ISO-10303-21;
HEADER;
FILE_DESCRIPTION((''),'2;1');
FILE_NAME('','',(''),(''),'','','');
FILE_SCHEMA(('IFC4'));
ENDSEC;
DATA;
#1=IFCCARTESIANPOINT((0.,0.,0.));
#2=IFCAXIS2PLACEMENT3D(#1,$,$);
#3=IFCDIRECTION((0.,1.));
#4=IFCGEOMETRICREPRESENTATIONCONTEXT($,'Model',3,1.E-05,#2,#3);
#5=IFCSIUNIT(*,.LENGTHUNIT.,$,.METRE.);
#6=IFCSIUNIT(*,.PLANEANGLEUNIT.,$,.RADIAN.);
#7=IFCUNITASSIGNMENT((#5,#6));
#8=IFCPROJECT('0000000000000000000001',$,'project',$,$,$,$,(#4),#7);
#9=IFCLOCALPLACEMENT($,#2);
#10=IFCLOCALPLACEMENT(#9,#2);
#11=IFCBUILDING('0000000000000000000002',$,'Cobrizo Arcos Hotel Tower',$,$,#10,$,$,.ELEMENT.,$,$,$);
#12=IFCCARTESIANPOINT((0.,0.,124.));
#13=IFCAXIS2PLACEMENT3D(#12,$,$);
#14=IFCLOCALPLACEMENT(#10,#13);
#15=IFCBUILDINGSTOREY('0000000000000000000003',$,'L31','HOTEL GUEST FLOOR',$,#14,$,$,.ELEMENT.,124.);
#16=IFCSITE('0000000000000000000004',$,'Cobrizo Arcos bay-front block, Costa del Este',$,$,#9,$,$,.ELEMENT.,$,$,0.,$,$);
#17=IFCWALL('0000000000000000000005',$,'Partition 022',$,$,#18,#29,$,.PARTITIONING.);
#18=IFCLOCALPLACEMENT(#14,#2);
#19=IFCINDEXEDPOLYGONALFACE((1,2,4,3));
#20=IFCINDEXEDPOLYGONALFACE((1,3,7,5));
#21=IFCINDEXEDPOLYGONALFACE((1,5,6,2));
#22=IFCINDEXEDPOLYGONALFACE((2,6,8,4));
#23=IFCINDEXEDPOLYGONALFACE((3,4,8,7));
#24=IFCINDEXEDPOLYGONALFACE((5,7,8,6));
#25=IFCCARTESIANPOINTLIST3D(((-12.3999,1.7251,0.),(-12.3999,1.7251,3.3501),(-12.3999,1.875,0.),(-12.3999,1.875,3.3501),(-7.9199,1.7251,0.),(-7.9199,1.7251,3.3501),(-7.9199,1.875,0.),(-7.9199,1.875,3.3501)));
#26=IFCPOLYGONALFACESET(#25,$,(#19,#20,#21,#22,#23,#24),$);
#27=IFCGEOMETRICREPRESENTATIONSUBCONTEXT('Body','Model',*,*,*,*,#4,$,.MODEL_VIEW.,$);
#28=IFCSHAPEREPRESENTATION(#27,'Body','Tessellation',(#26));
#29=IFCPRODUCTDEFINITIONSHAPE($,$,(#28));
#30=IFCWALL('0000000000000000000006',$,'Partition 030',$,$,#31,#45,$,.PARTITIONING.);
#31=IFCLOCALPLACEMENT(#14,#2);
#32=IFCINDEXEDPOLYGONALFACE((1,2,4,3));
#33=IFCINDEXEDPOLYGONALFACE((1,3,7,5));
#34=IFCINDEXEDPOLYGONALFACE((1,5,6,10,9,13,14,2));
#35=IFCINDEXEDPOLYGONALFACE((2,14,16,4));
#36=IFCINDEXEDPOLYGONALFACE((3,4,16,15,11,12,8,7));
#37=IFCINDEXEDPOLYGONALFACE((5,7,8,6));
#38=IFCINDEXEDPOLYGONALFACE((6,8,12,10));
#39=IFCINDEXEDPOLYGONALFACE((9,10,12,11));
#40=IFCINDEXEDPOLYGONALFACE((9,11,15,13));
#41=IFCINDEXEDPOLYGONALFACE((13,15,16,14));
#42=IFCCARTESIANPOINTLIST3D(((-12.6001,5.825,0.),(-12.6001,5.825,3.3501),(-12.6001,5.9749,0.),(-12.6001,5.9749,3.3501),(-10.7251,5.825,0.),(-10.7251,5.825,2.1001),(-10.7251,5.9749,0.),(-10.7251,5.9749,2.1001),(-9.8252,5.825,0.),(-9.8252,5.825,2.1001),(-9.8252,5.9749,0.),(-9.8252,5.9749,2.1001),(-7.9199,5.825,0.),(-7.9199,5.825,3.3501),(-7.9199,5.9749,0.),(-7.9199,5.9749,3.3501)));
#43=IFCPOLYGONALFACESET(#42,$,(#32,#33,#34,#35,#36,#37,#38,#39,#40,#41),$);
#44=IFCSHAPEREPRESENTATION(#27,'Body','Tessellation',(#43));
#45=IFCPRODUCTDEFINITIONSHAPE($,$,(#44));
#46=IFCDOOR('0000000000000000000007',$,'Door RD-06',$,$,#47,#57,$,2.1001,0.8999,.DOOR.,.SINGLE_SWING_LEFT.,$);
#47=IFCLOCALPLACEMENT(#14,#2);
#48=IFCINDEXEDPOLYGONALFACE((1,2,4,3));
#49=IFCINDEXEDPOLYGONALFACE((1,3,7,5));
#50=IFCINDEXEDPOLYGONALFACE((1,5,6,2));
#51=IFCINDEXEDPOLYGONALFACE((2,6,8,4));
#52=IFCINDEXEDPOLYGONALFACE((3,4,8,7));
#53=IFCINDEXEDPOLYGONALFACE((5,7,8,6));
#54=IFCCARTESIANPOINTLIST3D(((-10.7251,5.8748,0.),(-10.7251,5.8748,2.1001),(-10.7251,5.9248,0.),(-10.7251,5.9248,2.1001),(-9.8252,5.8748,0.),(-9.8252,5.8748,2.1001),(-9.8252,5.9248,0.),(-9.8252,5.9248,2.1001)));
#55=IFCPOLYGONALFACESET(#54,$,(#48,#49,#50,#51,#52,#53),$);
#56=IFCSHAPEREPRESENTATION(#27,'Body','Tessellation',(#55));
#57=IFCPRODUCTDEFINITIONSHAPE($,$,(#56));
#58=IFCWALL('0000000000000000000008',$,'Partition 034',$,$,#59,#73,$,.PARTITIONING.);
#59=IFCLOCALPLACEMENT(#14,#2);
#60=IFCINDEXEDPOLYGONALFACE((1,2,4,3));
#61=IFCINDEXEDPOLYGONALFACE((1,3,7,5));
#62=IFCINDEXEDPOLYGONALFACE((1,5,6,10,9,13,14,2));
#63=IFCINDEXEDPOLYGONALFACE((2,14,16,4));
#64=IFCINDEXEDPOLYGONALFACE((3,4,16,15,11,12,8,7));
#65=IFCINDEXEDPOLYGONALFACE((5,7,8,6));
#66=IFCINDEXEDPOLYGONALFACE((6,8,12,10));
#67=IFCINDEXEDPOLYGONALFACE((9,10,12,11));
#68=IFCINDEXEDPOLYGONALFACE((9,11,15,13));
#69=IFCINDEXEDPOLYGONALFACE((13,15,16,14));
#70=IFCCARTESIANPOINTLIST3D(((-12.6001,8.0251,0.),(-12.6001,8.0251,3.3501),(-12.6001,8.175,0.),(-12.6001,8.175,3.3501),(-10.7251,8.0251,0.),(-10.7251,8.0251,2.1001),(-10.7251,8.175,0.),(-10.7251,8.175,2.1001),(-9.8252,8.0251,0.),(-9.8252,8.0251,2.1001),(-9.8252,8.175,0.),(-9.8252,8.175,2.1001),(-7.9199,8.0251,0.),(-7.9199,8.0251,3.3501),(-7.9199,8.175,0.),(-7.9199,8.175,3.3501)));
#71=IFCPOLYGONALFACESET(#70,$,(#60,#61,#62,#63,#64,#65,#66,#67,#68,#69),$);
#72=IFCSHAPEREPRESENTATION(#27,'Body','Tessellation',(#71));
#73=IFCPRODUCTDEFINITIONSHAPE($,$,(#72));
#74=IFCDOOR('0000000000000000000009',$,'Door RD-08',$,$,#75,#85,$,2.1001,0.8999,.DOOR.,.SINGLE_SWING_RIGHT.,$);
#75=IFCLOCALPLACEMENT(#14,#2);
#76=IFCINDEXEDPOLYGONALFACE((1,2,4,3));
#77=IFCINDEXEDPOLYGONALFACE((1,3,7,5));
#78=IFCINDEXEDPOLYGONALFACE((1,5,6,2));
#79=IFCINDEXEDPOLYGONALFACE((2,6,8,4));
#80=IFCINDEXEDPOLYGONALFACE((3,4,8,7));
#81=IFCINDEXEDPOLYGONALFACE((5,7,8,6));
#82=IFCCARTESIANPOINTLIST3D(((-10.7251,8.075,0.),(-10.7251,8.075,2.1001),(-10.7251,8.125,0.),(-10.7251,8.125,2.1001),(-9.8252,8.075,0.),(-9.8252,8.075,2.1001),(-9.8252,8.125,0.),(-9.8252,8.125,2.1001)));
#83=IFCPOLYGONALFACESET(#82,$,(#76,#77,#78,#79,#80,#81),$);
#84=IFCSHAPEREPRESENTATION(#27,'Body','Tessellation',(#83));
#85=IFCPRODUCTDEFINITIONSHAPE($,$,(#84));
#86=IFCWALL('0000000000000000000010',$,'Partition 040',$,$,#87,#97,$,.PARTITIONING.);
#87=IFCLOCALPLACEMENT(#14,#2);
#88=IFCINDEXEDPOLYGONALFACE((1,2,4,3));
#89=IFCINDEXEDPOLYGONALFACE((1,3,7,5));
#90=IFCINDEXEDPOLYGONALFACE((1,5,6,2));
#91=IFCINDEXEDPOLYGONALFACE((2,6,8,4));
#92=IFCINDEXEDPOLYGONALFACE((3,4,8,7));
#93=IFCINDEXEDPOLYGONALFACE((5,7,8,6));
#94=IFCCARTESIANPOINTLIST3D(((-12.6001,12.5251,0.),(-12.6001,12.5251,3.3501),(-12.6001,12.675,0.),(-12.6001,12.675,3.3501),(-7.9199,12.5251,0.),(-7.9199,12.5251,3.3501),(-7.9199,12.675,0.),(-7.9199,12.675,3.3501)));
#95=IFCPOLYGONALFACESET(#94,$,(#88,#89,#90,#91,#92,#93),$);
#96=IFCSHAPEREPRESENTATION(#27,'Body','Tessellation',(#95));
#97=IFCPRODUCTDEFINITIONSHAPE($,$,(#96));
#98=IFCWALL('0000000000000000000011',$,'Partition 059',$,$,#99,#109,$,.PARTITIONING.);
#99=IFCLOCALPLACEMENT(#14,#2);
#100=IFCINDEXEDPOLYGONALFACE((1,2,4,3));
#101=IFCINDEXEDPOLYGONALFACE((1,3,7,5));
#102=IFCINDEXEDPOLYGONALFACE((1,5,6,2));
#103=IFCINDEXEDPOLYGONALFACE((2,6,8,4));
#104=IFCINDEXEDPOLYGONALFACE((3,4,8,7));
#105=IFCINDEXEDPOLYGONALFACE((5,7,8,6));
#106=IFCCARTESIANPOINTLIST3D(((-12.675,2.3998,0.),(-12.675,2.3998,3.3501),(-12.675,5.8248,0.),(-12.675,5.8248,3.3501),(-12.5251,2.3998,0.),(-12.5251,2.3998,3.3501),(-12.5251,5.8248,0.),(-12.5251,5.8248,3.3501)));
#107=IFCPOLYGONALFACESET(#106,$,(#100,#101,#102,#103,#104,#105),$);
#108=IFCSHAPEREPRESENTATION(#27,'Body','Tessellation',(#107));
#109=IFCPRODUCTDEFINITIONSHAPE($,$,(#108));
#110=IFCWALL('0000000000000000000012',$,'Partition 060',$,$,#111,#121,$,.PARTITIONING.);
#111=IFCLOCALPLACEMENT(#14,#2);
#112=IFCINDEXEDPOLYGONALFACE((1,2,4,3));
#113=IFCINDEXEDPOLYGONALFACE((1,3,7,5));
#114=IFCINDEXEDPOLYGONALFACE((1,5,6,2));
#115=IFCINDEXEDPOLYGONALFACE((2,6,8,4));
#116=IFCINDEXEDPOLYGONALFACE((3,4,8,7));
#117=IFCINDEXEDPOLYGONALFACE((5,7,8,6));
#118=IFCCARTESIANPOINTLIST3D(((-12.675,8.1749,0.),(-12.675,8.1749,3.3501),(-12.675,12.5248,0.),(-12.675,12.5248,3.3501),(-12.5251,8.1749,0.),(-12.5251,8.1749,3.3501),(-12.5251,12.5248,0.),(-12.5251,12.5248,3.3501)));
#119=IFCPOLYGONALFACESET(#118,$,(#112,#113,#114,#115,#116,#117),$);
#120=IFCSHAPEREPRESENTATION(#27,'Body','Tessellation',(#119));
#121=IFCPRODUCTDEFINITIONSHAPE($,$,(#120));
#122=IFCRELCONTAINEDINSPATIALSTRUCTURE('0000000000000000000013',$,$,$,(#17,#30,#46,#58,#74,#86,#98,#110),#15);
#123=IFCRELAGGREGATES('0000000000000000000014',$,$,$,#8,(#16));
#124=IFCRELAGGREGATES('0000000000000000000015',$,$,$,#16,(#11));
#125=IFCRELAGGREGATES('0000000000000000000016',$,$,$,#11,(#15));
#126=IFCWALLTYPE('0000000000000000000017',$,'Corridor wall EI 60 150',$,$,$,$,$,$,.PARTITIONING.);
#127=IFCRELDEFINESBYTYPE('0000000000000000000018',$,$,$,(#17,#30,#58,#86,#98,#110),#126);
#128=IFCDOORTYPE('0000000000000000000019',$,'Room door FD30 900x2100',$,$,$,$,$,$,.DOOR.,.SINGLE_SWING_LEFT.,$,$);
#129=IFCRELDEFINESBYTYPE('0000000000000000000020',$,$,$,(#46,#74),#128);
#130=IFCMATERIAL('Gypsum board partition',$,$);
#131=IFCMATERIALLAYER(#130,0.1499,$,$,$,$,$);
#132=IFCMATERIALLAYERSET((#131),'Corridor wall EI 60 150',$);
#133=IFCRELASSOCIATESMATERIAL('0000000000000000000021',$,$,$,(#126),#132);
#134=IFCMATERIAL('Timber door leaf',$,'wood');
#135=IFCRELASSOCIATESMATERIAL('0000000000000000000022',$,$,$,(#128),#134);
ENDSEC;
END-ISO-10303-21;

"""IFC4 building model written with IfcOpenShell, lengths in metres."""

from ifc_helpers import new_model, si_unit, direction, frame, frame_2d, origin, place, context, subcontext, project, spatial, rectangle, extrude, material, layer, layer_set, type_object, element, fill, save


model = new_model("IFC4")

# Units and contexts
model_context = context("Model", 3, precision=1e-05, world=origin(), true_north=direction((0.0, 1.0)))
body_context = subcontext(model_context, "Body", "Model", "MODEL_VIEW")
ifc_project = project(units=[si_unit("LENGTHUNIT", "METRE"), si_unit("PLANEANGLEUNIT", "RADIAN")], contexts=[model_context])

# Site, building, storey
site_placement = place(None, origin())
site = spatial("IfcSite", under=ifc_project, at=site_placement, Name="Cobrizo Arcos bay-front block, Costa del Este", CompositionType="ELEMENT", RefElevation=0.0)
building_placement = place(site_placement, origin())
building = spatial("IfcBuilding", under=site, at=building_placement, Name="Cobrizo Arcos Hotel Tower", CompositionType="ELEMENT")
storey_placement = place(building_placement, frame((0.0, 0.0, 124.0)))
storey = spatial("IfcBuildingStorey", under=building, at=storey_placement, Name="L31", Description="HOTEL GUEST FLOOR", CompositionType="ELEMENT", Elevation=124.0)

# Wall
ifc_material_1 = material(Name="Gypsum board partition")
ifc_layer_1 = layer(ifc_material_1, 0.1499)
ifc_layer_set_1 = layer_set([ifc_layer_1], Name="Corridor wall EI 60 150")
wall_type = type_object("IfcWallType", Name="Corridor wall EI 60 150", PredefinedType="PARTITIONING", material=ifc_layer_set_1)
wall_1_placement = place(storey_placement, frame((-12.3999, 1.8, 0.0), z_axis=(0.0, 0.0, 1.0), x_axis=(1.0, 0.0, 0.0)))
element("IfcWall", 1, at=wall_1_placement, inside=storey, type_object=wall_type, Name="Partition 022", PredefinedType="PARTITIONING", context=body_context, shape_type="SweptSolid", body=[
    extrude(rectangle(XDim=4.48, YDim=0.1499, at=frame_2d((2.24, 0.0))), origin(), (0.0, 0.0, 1.0), 3.3501),
])

# Walls, openings, doors
wall_2_placement = place(storey_placement, frame((-12.6001, 5.8999, 0.0), z_axis=(0.0, 0.0, 1.0), x_axis=(1.0, 0.0, 0.0)))
wall_2 = element("IfcWall", 2, at=wall_2_placement, inside=storey, type_object=wall_type, Name="Partition 030", PredefinedType="PARTITIONING", context=body_context, shape_type="SweptSolid", body=[
    extrude(rectangle(XDim=4.6802, YDim=0.1499, at=frame_2d((2.3401, 0.0))), origin(), (0.0, 0.0, 1.0), 3.3501),
])
opening_1_placement = place(wall_2_placement, frame((1.875, 0.0, 0.0)))
opening_1 = element("IfcOpeningElement", 3, at=opening_1_placement, cuts=wall_2, PredefinedType="OPENING", context=body_context, shape_type="SweptSolid", body=[
    extrude(rectangle(XDim=0.8999, YDim=2.1001, at=frame_2d((0.45, 1.05))), frame((0.0, 0.0869, 0.0), z_axis=(0.0, -1.0, 0.0), x_axis=(1.0, 0.0, 0.0)), (0.0, 0.0, 1.0), 0.1738),
])
ifc_material_2 = material(Name="Timber door leaf", Category="wood")
door_type = type_object("IfcDoorType", Name="Room door FD30 900x2100", OperationType="SINGLE_SWING_LEFT", PredefinedType="DOOR", material=ifc_material_2)
door_1_placement = place(opening_1_placement, origin())
door_1 = element("IfcDoor", 4, at=door_1_placement, inside=storey, type_object=door_type, Name="Door RD-06", OperationType="SINGLE_SWING_LEFT", OverallHeight=2.1001, OverallWidth=0.8999, PredefinedType="DOOR", context=body_context, shape_type="SweptSolid", body=[
    extrude(rectangle(XDim=0.8999, YDim=2.1001, at=frame_2d((0.45, 1.05))), frame((0.0, 0.0249, 0.0), z_axis=(0.0, -1.0, 0.0), x_axis=(1.0, 0.0, 0.0)), (0.0, 0.0, 1.0), 0.05),
])
fill(opening_1, door_1)
wall_3_placement = place(storey_placement, frame((-12.6001, 8.1001, 0.0), z_axis=(0.0, 0.0, 1.0), x_axis=(1.0, 0.0, 0.0)))
wall_3 = element("IfcWall", 5, at=wall_3_placement, inside=storey, type_object=wall_type, Name="Partition 034", PredefinedType="PARTITIONING", context=body_context, shape_type="SweptSolid", body=[
    extrude(rectangle(XDim=4.6802, YDim=0.1499, at=frame_2d((2.3401, 0.0))), origin(), (0.0, 0.0, 1.0), 3.3501),
])
opening_2_placement = place(wall_3_placement, frame((1.875, 0.0, 0.0)))
opening_2 = element("IfcOpeningElement", 6, at=opening_2_placement, cuts=wall_3, PredefinedType="OPENING", context=body_context, shape_type="SweptSolid", body=[
    extrude(rectangle(XDim=0.8999, YDim=2.1001, at=frame_2d((0.45, 1.05))), frame((0.0, 0.0869, 0.0), z_axis=(0.0, -1.0, 0.0), x_axis=(1.0, 0.0, 0.0)), (0.0, 0.0, 1.0), 0.1738),
])
door_2_placement = place(opening_2_placement, origin())
door_2 = element("IfcDoor", 7, at=door_2_placement, inside=storey, type_object=door_type, Name="Door RD-08", OperationType="SINGLE_SWING_RIGHT", OverallHeight=2.1001, OverallWidth=0.8999, PredefinedType="DOOR", context=body_context, shape_type="SweptSolid", body=[
    extrude(rectangle(XDim=0.8999, YDim=2.1001, at=frame_2d((0.45, 1.05))), frame((0.0, 0.0249, 0.0), z_axis=(0.0, -1.0, 0.0), x_axis=(1.0, 0.0, 0.0)), (0.0, 0.0, 1.0), 0.05),
])
fill(opening_2, door_2)

# Walls
wall_4_placement = place(storey_placement, frame((-12.6001, 12.6001, 0.0), z_axis=(0.0, 0.0, 1.0), x_axis=(1.0, 0.0, 0.0)))
element("IfcWall", 8, at=wall_4_placement, inside=storey, type_object=wall_type, Name="Partition 040", PredefinedType="PARTITIONING", context=body_context, shape_type="SweptSolid", body=[
    extrude(rectangle(XDim=4.6802, YDim=0.1499, at=frame_2d((2.3401, 0.0))), origin(), (0.0, 0.0, 1.0), 3.3501),
])
wall_5_placement = place(storey_placement, frame((-12.6001, 2.3999, 0.0), z_axis=(0.0, 0.0, 1.0), x_axis=(0.0, 1.0, 0.0)))
element("IfcWall", 9, at=wall_5_placement, inside=storey, type_object=wall_type, Name="Partition 059", PredefinedType="PARTITIONING", context=body_context, shape_type="SweptSolid", body=[
    extrude(rectangle(XDim=3.425, YDim=0.1499, at=frame_2d((1.7124, 0.0))), origin(), (0.0, 0.0, 1.0), 3.3501),
])
wall_6_placement = place(storey_placement, frame((-12.6001, 8.175, 0.0), z_axis=(0.0, 0.0, 1.0), x_axis=(0.0, 1.0, 0.0)))
element("IfcWall", 10, at=wall_6_placement, inside=storey, type_object=wall_type, Name="Partition 060", PredefinedType="PARTITIONING", context=body_context, shape_type="SweptSolid", body=[
    extrude(rectangle(XDim=4.3499, YDim=0.1499, at=frame_2d((2.1748, 0.0))), origin(), (0.0, 0.0, 1.0), 3.3501),
])

save(model, "model.ifc")
